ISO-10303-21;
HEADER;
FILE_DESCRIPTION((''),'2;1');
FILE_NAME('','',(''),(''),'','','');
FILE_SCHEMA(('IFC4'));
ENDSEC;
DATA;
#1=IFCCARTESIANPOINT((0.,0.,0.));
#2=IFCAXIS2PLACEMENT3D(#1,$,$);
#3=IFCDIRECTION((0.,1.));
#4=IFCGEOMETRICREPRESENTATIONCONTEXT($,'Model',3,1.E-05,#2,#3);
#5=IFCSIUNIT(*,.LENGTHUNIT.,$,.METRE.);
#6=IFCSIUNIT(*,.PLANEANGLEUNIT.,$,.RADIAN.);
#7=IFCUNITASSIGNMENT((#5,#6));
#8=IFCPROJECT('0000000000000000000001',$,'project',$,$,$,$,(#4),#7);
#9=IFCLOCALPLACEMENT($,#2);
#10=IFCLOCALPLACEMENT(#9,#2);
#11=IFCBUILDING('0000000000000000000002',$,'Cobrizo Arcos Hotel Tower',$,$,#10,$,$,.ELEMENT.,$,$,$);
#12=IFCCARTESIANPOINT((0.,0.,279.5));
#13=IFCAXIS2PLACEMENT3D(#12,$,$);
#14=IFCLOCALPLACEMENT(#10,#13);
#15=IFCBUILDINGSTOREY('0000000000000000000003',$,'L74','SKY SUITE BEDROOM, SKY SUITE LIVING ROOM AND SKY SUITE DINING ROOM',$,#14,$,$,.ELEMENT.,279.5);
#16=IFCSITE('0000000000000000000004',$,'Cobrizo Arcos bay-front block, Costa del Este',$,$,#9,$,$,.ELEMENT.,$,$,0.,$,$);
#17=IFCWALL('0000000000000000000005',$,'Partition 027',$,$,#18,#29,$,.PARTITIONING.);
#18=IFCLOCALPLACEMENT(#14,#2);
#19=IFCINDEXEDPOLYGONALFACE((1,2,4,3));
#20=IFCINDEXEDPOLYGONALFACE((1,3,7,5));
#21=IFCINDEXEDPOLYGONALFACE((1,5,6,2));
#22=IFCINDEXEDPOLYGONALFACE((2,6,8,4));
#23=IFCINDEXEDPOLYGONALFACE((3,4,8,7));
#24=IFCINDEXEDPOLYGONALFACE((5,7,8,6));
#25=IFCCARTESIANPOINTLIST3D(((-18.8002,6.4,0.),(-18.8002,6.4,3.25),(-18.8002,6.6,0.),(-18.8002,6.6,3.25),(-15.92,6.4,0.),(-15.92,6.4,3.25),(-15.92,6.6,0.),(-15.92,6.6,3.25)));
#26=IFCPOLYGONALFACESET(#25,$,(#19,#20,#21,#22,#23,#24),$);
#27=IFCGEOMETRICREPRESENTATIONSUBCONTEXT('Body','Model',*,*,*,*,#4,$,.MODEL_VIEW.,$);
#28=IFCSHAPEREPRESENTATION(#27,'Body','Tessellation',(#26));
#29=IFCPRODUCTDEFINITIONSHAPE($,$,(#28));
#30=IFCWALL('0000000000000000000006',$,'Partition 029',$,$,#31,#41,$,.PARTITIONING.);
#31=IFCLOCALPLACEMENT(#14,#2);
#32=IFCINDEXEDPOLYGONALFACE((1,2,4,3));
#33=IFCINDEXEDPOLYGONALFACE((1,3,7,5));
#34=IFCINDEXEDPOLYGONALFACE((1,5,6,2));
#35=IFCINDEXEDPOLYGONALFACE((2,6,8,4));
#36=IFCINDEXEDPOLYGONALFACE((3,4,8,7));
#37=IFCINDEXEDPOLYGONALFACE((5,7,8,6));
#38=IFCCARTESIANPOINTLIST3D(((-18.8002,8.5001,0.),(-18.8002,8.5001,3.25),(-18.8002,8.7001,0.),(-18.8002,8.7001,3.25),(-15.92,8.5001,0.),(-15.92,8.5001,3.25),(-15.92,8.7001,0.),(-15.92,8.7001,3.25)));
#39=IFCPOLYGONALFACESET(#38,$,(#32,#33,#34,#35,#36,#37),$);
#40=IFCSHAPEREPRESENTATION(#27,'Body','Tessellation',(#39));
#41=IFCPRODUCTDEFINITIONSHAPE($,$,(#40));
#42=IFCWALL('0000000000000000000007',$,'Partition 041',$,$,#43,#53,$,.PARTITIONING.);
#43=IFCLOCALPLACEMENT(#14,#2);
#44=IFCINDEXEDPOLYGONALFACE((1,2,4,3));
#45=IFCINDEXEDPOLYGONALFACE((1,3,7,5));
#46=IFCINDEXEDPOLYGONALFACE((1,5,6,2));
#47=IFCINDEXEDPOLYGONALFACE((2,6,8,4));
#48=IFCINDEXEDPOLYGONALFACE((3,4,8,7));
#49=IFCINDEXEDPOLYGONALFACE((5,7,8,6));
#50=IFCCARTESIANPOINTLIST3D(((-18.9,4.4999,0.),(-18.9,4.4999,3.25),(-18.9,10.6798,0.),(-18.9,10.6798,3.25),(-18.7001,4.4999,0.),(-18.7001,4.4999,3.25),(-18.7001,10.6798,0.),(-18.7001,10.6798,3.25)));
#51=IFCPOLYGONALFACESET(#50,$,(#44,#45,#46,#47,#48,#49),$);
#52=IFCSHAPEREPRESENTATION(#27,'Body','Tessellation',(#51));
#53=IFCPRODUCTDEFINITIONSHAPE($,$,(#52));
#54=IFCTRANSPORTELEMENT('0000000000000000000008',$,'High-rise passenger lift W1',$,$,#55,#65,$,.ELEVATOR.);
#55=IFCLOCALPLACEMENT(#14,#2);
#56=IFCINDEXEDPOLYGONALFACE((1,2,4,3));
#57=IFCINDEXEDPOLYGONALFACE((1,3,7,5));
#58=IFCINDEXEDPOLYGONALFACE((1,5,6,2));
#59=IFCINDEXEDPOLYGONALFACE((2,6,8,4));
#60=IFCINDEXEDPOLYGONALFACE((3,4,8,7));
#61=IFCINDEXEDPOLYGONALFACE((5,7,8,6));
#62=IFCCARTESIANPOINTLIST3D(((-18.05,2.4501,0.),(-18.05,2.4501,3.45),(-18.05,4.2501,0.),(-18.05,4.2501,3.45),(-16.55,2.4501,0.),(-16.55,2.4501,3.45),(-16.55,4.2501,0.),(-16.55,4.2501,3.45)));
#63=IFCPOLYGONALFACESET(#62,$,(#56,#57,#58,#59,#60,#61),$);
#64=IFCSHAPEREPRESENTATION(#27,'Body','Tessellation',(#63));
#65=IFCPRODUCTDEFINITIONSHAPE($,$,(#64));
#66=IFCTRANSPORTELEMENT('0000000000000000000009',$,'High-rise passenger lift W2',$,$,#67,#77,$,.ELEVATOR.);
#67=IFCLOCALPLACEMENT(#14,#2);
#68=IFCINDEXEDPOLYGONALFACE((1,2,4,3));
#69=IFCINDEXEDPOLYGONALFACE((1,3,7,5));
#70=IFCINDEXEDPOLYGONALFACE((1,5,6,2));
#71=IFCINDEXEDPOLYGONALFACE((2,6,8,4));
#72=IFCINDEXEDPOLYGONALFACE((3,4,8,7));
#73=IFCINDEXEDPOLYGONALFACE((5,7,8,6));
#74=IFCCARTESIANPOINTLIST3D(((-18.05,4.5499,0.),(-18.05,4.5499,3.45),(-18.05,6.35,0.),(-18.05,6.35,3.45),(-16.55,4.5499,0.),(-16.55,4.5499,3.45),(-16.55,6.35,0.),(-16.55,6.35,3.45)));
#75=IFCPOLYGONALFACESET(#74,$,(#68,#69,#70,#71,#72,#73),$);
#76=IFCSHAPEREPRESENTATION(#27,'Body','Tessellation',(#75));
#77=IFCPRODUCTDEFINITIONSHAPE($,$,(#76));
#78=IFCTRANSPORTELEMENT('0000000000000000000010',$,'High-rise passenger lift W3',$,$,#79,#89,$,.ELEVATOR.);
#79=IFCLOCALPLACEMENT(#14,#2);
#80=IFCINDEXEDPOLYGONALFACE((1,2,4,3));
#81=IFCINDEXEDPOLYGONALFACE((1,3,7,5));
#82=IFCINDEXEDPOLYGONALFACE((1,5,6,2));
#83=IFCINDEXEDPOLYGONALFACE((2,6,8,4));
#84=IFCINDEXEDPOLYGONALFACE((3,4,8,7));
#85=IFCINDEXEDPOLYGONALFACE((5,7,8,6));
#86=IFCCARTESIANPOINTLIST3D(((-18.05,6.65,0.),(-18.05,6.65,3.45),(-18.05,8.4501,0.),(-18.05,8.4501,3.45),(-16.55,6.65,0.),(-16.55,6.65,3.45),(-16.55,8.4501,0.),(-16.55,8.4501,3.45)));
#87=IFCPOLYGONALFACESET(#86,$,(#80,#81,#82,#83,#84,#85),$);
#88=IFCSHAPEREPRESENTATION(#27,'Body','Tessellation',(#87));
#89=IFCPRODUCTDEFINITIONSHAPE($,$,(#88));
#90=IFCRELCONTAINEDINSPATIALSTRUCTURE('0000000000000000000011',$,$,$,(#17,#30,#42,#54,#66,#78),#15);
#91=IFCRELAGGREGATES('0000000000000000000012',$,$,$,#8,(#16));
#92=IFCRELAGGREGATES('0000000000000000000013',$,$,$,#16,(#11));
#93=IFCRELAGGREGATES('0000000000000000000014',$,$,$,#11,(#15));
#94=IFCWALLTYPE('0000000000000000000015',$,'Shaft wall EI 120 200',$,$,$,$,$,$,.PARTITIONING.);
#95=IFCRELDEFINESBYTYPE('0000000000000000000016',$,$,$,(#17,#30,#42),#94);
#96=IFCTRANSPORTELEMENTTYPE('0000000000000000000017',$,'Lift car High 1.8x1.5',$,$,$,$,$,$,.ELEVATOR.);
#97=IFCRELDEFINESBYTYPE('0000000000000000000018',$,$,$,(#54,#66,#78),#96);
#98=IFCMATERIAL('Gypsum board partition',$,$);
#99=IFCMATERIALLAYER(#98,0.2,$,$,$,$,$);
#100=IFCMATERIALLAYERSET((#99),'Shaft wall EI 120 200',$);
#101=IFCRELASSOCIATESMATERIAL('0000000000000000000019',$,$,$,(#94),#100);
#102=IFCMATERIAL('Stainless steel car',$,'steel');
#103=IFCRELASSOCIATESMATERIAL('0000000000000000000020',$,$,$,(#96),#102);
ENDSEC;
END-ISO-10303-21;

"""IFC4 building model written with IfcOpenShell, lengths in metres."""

from ifc_helpers import new_model, si_unit, direction, frame, frame_2d, origin, origin_2d, place, context, subcontext, project, spatial, rectangle, extrude, material, layer, layer_set, type_object, element, save


model = new_model("IFC4")

# Units and contexts
model_context = context("Model", 3, precision=1e-05, world=origin(), true_north=direction((0.0, 1.0)))
body_context = subcontext(model_context, "Body", "Model", "MODEL_VIEW")
ifc_project = project(units=[si_unit("LENGTHUNIT", "METRE"), si_unit("PLANEANGLEUNIT", "RADIAN")], contexts=[model_context])

# Site, building, storey
site_placement = place(None, origin())
site = spatial("IfcSite", under=ifc_project, at=site_placement, Name="Cobrizo Arcos bay-front block, Costa del Este", CompositionType="ELEMENT", RefElevation=0.0)
building_placement = place(site_placement, origin())
building = spatial("IfcBuilding", under=site, at=building_placement, Name="Cobrizo Arcos Hotel Tower", CompositionType="ELEMENT")
storey_placement = place(building_placement, frame((0.0, 0.0, 279.5)))
storey = spatial("IfcBuildingStorey", under=building, at=storey_placement, Name="L74", Description="SKY SUITE BEDROOM, SKY SUITE LIVING ROOM AND SKY SUITE DINING ROOM", CompositionType="ELEMENT", Elevation=279.5)

# Shared definitions
ifc_material_1 = material(Name="Gypsum board partition")

# Shared definitions
ifc_layer_1 = layer(ifc_material_1, 0.2)
ifc_layer_set_1 = layer_set([ifc_layer_1], Name="Shaft wall EI 120 200")
wall_type_1 = type_object("IfcWallType", Name="Shaft wall EI 120 200", PredefinedType="PARTITIONING", material=ifc_layer_set_1)

# Walls
for number, where, z_axis, x_axis, name in (
    (1, (-18.8, 6.5, 0.0), (0.0, 0.0, 1.0), (1.0, 0.0, 0.0), "Partition 027"),
    (2, (-18.8, 8.6001, 0.0), (0.0, 0.0, 1.0), (1.0, 0.0, 0.0), "Partition 029"),
):
    element("IfcWall", number, at=place(storey_placement, frame(where, z_axis=z_axis, x_axis=x_axis)), inside=storey, type_object=wall_type_1, Name=name, PredefinedType="PARTITIONING", context=body_context, shape_type="SweptSolid", body=[
        extrude(rectangle(XDim=2.8801, YDim=0.2, at=frame_2d((1.4399, 0.0))), origin(), (0.0, 0.0, 1.0), 3.25),
    ])
wall_1_placement = place(storey_placement, frame((-18.8, 4.5, 0.0), z_axis=(0.0, 0.0, 1.0), x_axis=(0.0, 1.0, 0.0)))
element("IfcWall", 3, at=wall_1_placement, inside=storey, type_object=wall_type_1, Name="Partition 041", PredefinedType="PARTITIONING", context=body_context, shape_type="SweptSolid", body=[
    extrude(rectangle(XDim=6.1799, YDim=0.2, at=frame_2d((3.0898, 0.0))), origin(), (0.0, 0.0, 1.0), 3.25),
])

# Transport elements
ifc_material_2 = material(Name="Stainless steel car", Category="steel")
transport_element_type = type_object("IfcTransportElementType", Name="Lift car High 1.8x1.5", PredefinedType="ELEVATOR", material=ifc_material_2)
for number, where, z_axis, x_axis, name in (
    (4, (-17.3, 3.3501, 0.0), (0.0, 0.0, 1.0), (1.0, 0.0, 0.0), "High-rise passenger lift W1"),
    (5, (-17.3, 5.45, 0.0), (0.0, 0.0, 1.0), (1.0, 0.0, 0.0), "High-rise passenger lift W2"),
    (6, (-17.3, 7.55, 0.0), (0.0, 0.0, 1.0), (1.0, 0.0, 0.0), "High-rise passenger lift W3"),
):
    element("IfcTransportElement", number, at=place(storey_placement, frame(where, z_axis=z_axis, x_axis=x_axis)), inside=storey, type_object=transport_element_type, Name=name, PredefinedType="ELEVATOR", context=body_context, shape_type="SweptSolid", body=[
        extrude(rectangle(XDim=1.5, YDim=1.8, at=origin_2d()), origin(), (0.0, 0.0, 1.0), 3.45),
    ])

save(model, "model.ifc")
